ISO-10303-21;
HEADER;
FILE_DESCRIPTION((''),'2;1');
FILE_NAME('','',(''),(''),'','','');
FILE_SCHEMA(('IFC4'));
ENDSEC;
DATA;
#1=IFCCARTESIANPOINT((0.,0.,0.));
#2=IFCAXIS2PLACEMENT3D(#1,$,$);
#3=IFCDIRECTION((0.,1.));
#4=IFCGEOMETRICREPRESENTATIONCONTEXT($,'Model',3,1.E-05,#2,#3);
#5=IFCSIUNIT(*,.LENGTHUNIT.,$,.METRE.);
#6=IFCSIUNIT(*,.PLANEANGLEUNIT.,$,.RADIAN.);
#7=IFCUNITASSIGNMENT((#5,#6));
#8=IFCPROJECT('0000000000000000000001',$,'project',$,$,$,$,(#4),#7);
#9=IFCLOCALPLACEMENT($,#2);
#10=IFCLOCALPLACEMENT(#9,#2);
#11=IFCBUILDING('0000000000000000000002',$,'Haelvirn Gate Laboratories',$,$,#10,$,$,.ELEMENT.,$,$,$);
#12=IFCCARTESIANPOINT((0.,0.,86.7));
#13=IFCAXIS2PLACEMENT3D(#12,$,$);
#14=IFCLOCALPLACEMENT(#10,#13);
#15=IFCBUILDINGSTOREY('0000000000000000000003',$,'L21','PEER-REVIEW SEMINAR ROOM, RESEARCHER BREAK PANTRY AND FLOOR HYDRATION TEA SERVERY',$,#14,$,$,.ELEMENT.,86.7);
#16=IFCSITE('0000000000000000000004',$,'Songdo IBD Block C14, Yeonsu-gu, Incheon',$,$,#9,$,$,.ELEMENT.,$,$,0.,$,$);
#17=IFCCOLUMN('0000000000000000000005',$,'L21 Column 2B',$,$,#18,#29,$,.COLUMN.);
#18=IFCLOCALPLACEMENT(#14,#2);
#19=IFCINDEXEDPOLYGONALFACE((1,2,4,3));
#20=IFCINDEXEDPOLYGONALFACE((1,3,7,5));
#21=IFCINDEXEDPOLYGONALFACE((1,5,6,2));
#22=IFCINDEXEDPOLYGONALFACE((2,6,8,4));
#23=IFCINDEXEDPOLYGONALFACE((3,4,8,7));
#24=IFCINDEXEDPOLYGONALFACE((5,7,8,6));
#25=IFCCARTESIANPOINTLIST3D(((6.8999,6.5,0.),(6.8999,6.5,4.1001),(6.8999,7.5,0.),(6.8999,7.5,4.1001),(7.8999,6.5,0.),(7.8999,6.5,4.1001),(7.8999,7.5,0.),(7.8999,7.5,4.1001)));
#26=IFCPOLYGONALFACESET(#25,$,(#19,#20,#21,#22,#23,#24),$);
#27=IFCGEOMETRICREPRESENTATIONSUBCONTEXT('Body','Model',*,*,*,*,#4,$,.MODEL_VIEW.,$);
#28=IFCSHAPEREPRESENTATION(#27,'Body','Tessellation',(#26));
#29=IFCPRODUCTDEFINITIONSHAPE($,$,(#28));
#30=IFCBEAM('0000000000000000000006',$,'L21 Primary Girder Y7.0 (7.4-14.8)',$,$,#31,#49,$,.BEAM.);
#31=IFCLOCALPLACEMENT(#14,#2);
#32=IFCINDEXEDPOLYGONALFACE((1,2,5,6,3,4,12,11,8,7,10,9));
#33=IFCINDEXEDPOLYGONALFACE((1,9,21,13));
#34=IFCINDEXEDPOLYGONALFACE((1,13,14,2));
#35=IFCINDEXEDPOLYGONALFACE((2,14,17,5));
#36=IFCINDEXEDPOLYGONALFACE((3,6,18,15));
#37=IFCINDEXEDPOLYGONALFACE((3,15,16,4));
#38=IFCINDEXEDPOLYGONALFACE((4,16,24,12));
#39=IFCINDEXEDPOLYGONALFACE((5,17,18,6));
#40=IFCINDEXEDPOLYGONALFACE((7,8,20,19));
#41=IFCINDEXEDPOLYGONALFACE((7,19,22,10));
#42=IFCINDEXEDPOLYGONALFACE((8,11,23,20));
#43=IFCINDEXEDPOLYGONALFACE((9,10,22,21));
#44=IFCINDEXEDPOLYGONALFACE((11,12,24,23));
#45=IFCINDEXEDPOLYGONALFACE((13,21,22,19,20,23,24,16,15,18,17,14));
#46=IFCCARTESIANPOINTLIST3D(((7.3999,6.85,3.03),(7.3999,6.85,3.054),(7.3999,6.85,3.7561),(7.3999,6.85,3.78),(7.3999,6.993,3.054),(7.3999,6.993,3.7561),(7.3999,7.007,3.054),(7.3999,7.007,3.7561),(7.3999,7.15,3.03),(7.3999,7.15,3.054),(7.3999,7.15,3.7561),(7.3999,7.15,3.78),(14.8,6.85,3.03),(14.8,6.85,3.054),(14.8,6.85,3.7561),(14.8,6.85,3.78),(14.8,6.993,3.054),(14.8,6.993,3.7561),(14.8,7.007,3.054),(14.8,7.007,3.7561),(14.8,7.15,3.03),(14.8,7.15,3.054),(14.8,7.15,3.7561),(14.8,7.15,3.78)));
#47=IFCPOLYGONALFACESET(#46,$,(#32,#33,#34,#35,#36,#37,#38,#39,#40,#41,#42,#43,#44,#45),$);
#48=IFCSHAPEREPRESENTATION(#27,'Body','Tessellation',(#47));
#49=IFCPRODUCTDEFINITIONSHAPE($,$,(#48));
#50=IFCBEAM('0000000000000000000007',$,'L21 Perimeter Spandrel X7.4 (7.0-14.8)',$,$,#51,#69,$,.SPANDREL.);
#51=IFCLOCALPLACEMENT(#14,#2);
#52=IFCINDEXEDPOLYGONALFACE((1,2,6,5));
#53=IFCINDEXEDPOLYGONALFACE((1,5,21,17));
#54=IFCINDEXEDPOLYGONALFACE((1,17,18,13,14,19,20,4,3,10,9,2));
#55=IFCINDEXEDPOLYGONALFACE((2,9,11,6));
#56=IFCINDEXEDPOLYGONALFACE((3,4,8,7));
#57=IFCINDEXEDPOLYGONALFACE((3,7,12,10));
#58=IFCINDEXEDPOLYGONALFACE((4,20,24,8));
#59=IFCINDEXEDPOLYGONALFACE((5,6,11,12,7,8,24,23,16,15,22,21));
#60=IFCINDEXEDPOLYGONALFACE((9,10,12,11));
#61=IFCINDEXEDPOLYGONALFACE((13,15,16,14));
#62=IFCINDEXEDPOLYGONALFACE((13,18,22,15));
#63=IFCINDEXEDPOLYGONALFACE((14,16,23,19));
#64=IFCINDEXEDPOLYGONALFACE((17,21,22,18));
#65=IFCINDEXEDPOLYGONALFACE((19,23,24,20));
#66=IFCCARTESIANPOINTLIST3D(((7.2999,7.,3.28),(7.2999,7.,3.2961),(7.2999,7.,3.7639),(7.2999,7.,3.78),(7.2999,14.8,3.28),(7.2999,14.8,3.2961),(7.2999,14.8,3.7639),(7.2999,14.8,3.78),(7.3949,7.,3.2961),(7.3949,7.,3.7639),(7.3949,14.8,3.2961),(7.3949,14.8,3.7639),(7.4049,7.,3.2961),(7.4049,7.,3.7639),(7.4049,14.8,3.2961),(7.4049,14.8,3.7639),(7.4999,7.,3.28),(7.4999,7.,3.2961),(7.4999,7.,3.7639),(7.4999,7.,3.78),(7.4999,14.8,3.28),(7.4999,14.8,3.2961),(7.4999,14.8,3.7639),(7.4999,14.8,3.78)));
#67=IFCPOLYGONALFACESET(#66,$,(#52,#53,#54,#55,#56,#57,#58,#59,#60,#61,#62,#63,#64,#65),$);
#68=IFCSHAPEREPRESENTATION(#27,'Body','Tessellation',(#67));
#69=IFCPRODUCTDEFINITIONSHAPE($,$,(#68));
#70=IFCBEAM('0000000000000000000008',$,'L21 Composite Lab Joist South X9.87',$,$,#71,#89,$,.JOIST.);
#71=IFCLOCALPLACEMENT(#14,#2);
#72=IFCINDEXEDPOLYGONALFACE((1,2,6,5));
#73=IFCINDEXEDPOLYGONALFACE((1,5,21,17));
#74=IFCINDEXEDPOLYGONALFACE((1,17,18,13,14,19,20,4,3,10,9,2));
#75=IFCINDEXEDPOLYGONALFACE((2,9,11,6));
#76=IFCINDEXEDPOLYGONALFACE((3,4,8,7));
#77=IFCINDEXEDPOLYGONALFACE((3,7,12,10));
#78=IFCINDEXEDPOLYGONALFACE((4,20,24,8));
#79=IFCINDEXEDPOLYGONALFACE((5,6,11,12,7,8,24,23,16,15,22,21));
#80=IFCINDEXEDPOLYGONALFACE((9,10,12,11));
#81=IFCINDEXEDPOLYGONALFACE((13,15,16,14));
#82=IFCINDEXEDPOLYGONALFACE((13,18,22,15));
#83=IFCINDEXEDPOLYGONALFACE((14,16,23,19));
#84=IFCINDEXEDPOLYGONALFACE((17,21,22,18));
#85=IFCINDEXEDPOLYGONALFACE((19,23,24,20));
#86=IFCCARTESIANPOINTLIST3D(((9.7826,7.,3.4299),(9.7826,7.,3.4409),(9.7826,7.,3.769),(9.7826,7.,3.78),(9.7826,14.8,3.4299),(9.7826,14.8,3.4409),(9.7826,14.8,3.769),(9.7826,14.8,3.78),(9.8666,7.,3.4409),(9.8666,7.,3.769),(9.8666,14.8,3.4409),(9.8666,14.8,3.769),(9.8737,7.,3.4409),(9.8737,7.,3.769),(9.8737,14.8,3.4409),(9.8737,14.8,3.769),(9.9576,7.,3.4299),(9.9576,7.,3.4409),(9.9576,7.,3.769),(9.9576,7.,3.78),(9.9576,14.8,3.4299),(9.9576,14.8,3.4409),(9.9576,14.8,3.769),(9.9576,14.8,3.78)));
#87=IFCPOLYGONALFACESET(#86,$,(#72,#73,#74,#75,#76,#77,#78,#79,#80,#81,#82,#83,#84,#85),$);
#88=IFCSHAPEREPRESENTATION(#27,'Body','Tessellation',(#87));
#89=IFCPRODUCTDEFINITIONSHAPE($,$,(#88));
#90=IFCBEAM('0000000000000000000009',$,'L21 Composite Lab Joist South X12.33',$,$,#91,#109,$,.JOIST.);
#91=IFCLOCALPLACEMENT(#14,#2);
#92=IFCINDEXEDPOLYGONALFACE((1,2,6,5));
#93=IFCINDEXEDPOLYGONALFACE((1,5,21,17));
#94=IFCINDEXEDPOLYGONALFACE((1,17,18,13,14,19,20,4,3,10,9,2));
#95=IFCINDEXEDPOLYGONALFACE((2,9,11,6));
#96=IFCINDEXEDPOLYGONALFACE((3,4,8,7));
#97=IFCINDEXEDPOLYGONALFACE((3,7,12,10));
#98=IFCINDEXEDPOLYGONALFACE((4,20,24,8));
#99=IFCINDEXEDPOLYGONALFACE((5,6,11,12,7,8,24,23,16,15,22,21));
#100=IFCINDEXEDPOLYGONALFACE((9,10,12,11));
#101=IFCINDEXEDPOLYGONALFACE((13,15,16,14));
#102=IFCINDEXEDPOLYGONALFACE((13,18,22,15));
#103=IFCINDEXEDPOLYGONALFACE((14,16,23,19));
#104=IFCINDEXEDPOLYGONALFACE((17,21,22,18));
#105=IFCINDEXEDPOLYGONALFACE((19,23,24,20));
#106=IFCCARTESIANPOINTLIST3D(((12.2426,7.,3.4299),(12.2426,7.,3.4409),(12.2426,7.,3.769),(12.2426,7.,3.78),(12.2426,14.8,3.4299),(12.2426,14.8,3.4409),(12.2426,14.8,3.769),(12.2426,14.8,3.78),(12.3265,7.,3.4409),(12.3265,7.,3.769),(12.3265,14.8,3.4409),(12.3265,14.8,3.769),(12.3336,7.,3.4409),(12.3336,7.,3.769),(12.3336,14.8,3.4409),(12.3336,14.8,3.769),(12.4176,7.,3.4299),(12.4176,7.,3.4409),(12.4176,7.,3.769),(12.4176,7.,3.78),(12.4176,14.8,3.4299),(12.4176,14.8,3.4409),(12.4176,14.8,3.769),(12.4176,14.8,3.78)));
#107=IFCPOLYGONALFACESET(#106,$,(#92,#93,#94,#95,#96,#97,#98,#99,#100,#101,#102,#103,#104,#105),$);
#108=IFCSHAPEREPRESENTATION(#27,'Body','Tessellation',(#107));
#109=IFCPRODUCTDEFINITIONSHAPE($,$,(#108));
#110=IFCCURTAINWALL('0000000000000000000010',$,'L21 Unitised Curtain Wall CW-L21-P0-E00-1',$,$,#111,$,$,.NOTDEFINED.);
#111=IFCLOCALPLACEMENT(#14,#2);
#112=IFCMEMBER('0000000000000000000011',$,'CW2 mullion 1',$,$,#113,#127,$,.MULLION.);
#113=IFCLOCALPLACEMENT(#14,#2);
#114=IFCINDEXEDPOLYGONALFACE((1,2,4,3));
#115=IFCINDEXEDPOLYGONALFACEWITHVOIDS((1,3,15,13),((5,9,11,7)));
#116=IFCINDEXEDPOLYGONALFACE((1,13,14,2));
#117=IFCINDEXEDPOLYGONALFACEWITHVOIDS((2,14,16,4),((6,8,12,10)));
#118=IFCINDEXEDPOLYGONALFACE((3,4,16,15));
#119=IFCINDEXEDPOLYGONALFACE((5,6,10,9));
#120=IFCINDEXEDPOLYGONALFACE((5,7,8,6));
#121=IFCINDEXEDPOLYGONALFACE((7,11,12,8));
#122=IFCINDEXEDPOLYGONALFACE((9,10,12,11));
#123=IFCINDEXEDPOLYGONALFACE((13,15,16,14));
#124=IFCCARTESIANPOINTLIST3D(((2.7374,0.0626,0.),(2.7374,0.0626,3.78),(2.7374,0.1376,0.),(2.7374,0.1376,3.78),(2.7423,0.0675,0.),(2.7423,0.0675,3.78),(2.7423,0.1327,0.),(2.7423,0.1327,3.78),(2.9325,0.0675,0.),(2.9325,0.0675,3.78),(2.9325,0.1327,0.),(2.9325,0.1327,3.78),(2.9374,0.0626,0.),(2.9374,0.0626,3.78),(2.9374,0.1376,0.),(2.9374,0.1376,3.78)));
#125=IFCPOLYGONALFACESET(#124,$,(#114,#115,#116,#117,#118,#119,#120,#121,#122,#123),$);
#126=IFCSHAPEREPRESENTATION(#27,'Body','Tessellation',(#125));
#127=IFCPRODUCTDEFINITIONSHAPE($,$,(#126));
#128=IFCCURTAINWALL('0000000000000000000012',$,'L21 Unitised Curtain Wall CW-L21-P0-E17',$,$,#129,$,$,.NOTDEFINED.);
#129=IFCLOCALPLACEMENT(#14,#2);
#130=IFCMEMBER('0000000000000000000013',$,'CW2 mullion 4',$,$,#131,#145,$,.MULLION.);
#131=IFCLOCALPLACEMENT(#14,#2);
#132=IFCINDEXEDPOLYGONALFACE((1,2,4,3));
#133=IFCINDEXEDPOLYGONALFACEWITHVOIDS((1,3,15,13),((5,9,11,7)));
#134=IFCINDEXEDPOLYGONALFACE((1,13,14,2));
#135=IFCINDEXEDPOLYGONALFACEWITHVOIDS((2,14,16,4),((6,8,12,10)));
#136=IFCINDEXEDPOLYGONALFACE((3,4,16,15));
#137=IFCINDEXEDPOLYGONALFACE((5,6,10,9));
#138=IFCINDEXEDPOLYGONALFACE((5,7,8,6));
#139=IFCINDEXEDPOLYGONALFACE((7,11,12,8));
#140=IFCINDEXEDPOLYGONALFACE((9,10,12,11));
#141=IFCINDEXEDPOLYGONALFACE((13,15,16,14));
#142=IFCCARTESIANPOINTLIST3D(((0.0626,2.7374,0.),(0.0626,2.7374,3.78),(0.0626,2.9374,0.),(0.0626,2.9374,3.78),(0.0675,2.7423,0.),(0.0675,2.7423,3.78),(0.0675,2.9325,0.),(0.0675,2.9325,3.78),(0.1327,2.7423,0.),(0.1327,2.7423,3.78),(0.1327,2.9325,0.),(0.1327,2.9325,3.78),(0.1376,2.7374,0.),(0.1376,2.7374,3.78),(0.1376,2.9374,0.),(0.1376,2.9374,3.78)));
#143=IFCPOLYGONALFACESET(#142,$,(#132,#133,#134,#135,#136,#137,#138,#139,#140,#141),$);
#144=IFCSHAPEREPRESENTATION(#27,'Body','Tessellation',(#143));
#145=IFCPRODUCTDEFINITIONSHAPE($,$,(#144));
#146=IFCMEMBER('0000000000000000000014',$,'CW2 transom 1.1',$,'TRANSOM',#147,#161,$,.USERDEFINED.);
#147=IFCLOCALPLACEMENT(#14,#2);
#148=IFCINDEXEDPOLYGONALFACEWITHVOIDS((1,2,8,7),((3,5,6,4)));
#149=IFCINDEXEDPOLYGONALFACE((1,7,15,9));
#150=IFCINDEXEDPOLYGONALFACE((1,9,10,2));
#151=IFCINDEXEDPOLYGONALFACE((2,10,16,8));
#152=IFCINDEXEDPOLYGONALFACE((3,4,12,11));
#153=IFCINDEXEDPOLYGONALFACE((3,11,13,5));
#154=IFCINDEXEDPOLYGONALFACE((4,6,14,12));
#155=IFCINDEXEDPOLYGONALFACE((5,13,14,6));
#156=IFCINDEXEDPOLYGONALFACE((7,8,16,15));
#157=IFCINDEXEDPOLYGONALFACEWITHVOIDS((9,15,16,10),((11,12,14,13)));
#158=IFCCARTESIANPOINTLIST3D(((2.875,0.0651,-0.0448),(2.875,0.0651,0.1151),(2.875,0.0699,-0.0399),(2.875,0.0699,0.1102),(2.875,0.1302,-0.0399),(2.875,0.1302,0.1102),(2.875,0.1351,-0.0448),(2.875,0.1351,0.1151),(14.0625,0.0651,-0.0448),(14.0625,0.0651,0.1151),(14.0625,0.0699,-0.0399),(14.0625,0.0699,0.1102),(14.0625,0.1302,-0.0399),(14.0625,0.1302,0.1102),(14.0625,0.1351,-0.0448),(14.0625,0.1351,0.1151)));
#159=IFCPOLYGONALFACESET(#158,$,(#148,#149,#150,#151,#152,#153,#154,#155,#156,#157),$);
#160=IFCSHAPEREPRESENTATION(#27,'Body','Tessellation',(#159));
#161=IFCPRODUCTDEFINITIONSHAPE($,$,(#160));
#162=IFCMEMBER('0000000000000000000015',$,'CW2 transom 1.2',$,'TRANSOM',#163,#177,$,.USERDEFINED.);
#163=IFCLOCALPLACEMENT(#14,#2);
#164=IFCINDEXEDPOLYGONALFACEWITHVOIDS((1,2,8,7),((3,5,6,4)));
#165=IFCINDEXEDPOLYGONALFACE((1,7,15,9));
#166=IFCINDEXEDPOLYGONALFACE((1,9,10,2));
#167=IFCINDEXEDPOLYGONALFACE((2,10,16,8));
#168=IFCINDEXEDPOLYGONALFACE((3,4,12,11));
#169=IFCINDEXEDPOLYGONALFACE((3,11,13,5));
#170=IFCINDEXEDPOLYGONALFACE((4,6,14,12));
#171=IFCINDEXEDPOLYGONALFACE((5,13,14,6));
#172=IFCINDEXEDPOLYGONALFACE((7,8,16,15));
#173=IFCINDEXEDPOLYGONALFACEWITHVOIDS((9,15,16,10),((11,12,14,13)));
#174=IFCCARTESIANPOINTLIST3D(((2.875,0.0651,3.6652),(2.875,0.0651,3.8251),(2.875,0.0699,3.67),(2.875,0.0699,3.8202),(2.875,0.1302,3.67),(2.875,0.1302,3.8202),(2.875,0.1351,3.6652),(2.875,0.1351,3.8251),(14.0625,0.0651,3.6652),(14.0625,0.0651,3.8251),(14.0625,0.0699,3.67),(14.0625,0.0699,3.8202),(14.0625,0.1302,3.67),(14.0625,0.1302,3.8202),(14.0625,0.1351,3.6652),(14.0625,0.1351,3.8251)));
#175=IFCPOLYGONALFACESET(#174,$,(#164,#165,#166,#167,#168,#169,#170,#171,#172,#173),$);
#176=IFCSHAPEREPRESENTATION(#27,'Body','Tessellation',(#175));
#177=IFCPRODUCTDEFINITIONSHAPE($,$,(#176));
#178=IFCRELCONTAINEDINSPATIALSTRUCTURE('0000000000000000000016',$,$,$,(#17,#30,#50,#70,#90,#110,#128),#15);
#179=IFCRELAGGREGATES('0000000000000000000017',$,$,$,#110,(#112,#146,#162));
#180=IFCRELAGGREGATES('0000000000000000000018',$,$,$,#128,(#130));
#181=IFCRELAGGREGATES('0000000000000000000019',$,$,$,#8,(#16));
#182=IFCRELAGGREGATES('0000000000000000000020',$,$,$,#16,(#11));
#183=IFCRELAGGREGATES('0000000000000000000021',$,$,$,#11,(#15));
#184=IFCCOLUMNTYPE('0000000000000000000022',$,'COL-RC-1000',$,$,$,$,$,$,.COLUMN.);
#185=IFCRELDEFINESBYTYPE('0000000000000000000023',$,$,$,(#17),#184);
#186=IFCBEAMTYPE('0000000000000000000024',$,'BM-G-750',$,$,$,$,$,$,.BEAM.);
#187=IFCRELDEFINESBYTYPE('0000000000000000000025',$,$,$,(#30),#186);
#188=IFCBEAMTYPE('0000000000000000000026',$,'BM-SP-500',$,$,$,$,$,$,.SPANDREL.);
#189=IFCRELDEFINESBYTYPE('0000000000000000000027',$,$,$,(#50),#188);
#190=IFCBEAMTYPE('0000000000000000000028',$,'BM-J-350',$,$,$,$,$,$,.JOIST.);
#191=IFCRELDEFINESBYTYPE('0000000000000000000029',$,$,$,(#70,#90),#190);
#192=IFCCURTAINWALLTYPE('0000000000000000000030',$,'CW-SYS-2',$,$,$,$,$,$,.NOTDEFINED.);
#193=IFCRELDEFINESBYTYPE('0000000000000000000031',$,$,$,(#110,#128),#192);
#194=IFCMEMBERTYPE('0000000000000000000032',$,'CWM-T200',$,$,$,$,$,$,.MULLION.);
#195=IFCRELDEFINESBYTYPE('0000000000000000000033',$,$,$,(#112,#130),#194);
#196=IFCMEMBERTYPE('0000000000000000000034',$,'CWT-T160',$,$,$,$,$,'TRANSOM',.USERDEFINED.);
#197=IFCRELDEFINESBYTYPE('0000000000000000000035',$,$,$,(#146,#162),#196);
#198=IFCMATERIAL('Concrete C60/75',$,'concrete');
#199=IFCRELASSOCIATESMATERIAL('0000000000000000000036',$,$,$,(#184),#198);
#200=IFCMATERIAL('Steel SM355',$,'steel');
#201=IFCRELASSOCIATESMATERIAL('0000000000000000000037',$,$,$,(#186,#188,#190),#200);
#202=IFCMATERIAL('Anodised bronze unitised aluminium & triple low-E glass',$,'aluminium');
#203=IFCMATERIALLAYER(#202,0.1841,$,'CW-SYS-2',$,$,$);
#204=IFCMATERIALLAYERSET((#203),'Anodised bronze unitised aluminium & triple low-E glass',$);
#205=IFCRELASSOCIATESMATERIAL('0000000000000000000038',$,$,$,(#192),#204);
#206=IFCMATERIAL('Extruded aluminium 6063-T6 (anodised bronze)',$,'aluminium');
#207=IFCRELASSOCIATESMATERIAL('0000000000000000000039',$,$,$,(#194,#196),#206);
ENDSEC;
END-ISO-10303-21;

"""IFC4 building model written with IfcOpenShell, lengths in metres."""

from ifc_helpers import new_model, si_unit, direction, frame, origin, origin_2d, place, context, subcontext, project, spatial, rectangle, hollow_rectangle, i_section, extrude, source, transform, mapped, material, layer, layer_set, material_profile, profile_set, type_object, type_shapes, element, aggregate, save


model = new_model("IFC4")

# Units and contexts
model_context = context("Model", 3, precision=1e-05, world=origin(), true_north=direction((0.0, 1.0)))
body_context = subcontext(model_context, "Body", "Model", "MODEL_VIEW")
ifc_project = project(units=[si_unit("LENGTHUNIT", "METRE"), si_unit("PLANEANGLEUNIT", "RADIAN")], contexts=[model_context])

# Site, building, storey
site_placement = place(None, origin())
site = spatial("IfcSite", under=ifc_project, at=site_placement, Name="Songdo IBD Block C14, Yeonsu-gu, Incheon", CompositionType="ELEMENT", RefElevation=0.0)
building_placement = place(site_placement, origin())
building = spatial("IfcBuilding", under=site, at=building_placement, Name="Haelvirn Gate Laboratories", CompositionType="ELEMENT")
storey_placement = place(building_placement, frame((0.0, 0.0, 86.7)))
storey = spatial("IfcBuildingStorey", under=building, at=storey_placement, Name="L21", Description="PEER-REVIEW SEMINAR ROOM, RESEARCHER BREAK PANTRY AND FLOOR HYDRATION TEA SERVERY", CompositionType="ELEMENT", Elevation=86.7)

# Column
ifc_material_1 = material(Name="Concrete C60/75", Category="concrete")
ifc_material_profile_1 = material_profile(ifc_material_1, rectangle(XDim=1.0, YDim=1.0, at=origin_2d()), Name="RC-1000x1000")
ifc_profile_set_1 = profile_set([ifc_material_profile_1], Name="Concrete C60/75")
column_type = type_object("IfcColumnType", Name="COL-RC-1000", PredefinedType="COLUMN", material=ifc_profile_set_1)
shared_shape_1 = source(origin(), body_context, "Body", "SweptSolid", [
    extrude(rectangle(XDim=1.0, YDim=1.0, at=origin_2d()), origin(), (0.0, 0.0, 1.0), 4.1001),
])
type_shapes(column_type, [shared_shape_1])
column_placement = place(storey_placement, frame((7.3999, 7.0, 0.0), z_axis=(0.0, 0.0, 1.0), x_axis=(1.0, 0.0, 0.0)))
element("IfcColumn", 1, at=column_placement, inside=storey, type_object=column_type, Name="L21 Column 2B", PredefinedType="COLUMN", context=body_context, shape_type="MappedRepresentation", body=[
    mapped(shared_shape_1, transform((0.0, 0.0, 0.0), scale=1.0)),
])

# Beams
ifc_material_2 = material(Name="Steel SM355", Category="steel")
ifc_material_profile_2 = material_profile(ifc_material_2, i_section(OverallWidth=0.3, OverallDepth=0.75, WebThickness=0.0139, FlangeThickness=0.0239, at=origin_2d()), Name="H-750x300x14x24")
ifc_profile_set_2 = profile_set([ifc_material_profile_2], Name="Steel SM355")
beam_type_1 = type_object("IfcBeamType", Name="BM-G-750", PredefinedType="BEAM", material=ifc_profile_set_2)
shared_shape_2 = source(origin(), body_context, "Body", "SweptSolid", [
    extrude(i_section(OverallWidth=0.3, OverallDepth=0.75, WebThickness=0.0139, FlangeThickness=0.0239, at=origin_2d()), origin(), (0.0, 0.0, 1.0), 7.4001),
])
type_shapes(beam_type_1, [shared_shape_2])
beam_1_placement = place(storey_placement, frame((7.3999, 7.0, 3.405), z_axis=(1.0, 0.0, 0.0), x_axis=(0.0, 1.0, 0.0)))
element("IfcBeam", 2, at=beam_1_placement, inside=storey, type_object=beam_type_1, Name="L21 Primary Girder Y7.0 (7.4-14.8)", PredefinedType="BEAM", context=body_context, shape_type="MappedRepresentation", body=[
    mapped(shared_shape_2, transform((0.0, 0.0, 0.0), scale=1.0)),
])
ifc_material_profile_3 = material_profile(ifc_material_2, i_section(OverallWidth=0.2, OverallDepth=0.5, WebThickness=0.01, FlangeThickness=0.0161, at=origin_2d()), Name="H-500x200x10x16")
ifc_profile_set_3 = profile_set([ifc_material_profile_3], Name="Steel SM355")
beam_type_2 = type_object("IfcBeamType", Name="BM-SP-500", PredefinedType="SPANDREL", material=ifc_profile_set_3)
shared_shape_3 = source(origin(), body_context, "Body", "SweptSolid", [
    extrude(i_section(OverallWidth=0.2, OverallDepth=0.5, WebThickness=0.01, FlangeThickness=0.0161, at=origin_2d()), origin(), (0.0, 0.0, 1.0), 7.8),
])
type_shapes(beam_type_2, [shared_shape_3])
beam_2_placement = place(storey_placement, frame((7.3999, 7.0, 3.53), z_axis=(0.0, 1.0, 0.0), x_axis=(-1.0, 0.0, 0.0)))
element("IfcBeam", 3, at=beam_2_placement, inside=storey, type_object=beam_type_2, Name="L21 Perimeter Spandrel X7.4 (7.0-14.8)", PredefinedType="SPANDREL", context=body_context, shape_type="MappedRepresentation", body=[
    mapped(shared_shape_3, transform((0.0, 0.0, 0.0), scale=1.0)),
])
ifc_material_profile_4 = material_profile(ifc_material_2, i_section(OverallWidth=0.175, OverallDepth=0.3501, WebThickness=0.0071, FlangeThickness=0.011, at=origin_2d()), Name="H-350x175x7x11")
ifc_profile_set_4 = profile_set([ifc_material_profile_4], Name="Steel SM355")
beam_type_3 = type_object("IfcBeamType", Name="BM-J-350", PredefinedType="JOIST", material=ifc_profile_set_4)
shared_shape_4 = source(origin(), body_context, "Body", "SweptSolid", [
    extrude(i_section(OverallWidth=0.175, OverallDepth=0.3501, WebThickness=0.0071, FlangeThickness=0.011, at=origin_2d()), origin(), (0.0, 0.0, 1.0), 7.8),
])
type_shapes(beam_type_3, [shared_shape_4])
for number, where, z_axis, x_axis, name in (
    (4, (9.8701, 7.0, 3.605), (0.0, 1.0, 0.0), (-1.0, 0.0, 0.0), "L21 Composite Lab Joist South X9.87"),
    (5, (12.3301, 7.0, 3.605), (0.0, 1.0, 0.0), (-1.0, 0.0, 0.0), "L21 Composite Lab Joist South X12.33"),
):
    element("IfcBeam", number, at=place(storey_placement, frame(where, z_axis=z_axis, x_axis=x_axis)), inside=storey, type_object=beam_type_3, Name=name, PredefinedType="JOIST", context=body_context, shape_type="MappedRepresentation", body=[
        mapped(shared_shape_4, transform((0.0, 0.0, 0.0), scale=1.0)),
    ])

# Curtain walls, members
ifc_material_3 = material(Name="Anodised bronze unitised aluminium & triple low-E glass", Category="aluminium")
ifc_layer_1 = layer(ifc_material_3, 0.1841, Name="CW-SYS-2")
ifc_layer_set_1 = layer_set([ifc_layer_1], Name="Anodised bronze unitised aluminium & triple low-E glass")
curtain_wall_type_1 = type_object("IfcCurtainWallType", Name="CW-SYS-2", PredefinedType="NOTDEFINED", material=ifc_layer_set_1)
curtain_wall_1_placement = place(storey_placement, origin())
curtain_wall_1 = element("IfcCurtainWall", 6, at=curtain_wall_1_placement, inside=storey, type_object=curtain_wall_type_1, Name="L21 Unitised Curtain Wall CW-L21-P0-E00-1", PredefinedType="NOTDEFINED")
ifc_material_4 = material(Name="Extruded aluminium 6063-T6 (anodised bronze)", Category="aluminium")
ifc_material_profile_5 = material_profile(ifc_material_4, hollow_rectangle(XDim=0.075, YDim=0.2, WallThickness=0.0049, at=origin_2d()), Name="CWM-200x75x5")
ifc_profile_set_5 = profile_set([ifc_material_profile_5], Name="Extruded aluminium 6063-T6 (anodised bronze)")
member_type_1 = type_object("IfcMemberType", Name="CWM-T200", PredefinedType="MULLION", material=ifc_profile_set_5)
shared_shape_5 = source(origin(), body_context, "Body", "SweptSolid", [
    extrude(hollow_rectangle(XDim=0.075, YDim=0.2, WallThickness=0.0049, at=origin_2d()), origin(), (0.0, 0.0, 1.0), 3.78),
])
type_shapes(member_type_1, [shared_shape_5])
member_1_placement = place(storey_placement, frame((2.8374, 0.1001, 0.0), z_axis=(0.0, 0.0, 1.0), x_axis=(0.0, 1.0, 0.0)))
member_1 = element("IfcMember", 7, at=member_1_placement, type_object=member_type_1, Name="CW2 mullion 1", PredefinedType="MULLION", context=body_context, shape_type="MappedRepresentation", body=[
    mapped(shared_shape_5, transform((0.0, 0.0, 0.0), scale=1.0)),
])
curtain_wall_2_placement = place(storey_placement, origin())
curtain_wall_2 = element("IfcCurtainWall", 8, at=curtain_wall_2_placement, inside=storey, type_object=curtain_wall_type_1, Name="L21 Unitised Curtain Wall CW-L21-P0-E17", PredefinedType="NOTDEFINED")
member_2_placement = place(storey_placement, frame((0.1001, 2.8374, 0.0), z_axis=(0.0, 0.0, 1.0), x_axis=(1.0, 0.0, 0.0)))
member_2 = element("IfcMember", 9, at=member_2_placement, type_object=member_type_1, Name="CW2 mullion 4", PredefinedType="MULLION", context=body_context, shape_type="MappedRepresentation", body=[
    mapped(shared_shape_5, transform((0.0, 0.0, 0.0), scale=1.0)),
])

# Members
ifc_material_profile_6 = material_profile(ifc_material_4, hollow_rectangle(XDim=0.0701, YDim=0.1599, WallThickness=0.0049, at=origin_2d()), Name="CWT-160x70x5")
ifc_profile_set_6 = profile_set([ifc_material_profile_6], Name="Extruded aluminium 6063-T6 (anodised bronze)")
member_type_2 = type_object("IfcMemberType", Name="CWT-T160", ElementType="TRANSOM", PredefinedType="USERDEFINED", material=ifc_profile_set_6)
shared_shape_6 = source(origin(), body_context, "Body", "SweptSolid", [
    extrude(hollow_rectangle(XDim=0.0701, YDim=0.1599, WallThickness=0.0049, at=origin_2d()), origin(), (0.0, 0.0, 1.0), 11.1875),
])
type_shapes(member_type_2, [shared_shape_6])
member_3_placement = place(storey_placement, frame((2.875, 0.1001, 0.0352), z_axis=(1.0, 0.0, 0.0), x_axis=(0.0, 1.0, 0.0)))
member_3 = element("IfcMember", 10, at=member_3_placement, type_object=member_type_2, Name="CW2 transom 1.1", ObjectType="TRANSOM", PredefinedType="USERDEFINED", context=body_context, shape_type="MappedRepresentation", body=[
    mapped(shared_shape_6, transform((0.0, 0.0, 0.0), scale=1.0)),
])
member_4_placement = place(storey_placement, frame((2.875, 0.1001, 3.7451), z_axis=(1.0, 0.0, 0.0), x_axis=(0.0, 1.0, 0.0)))
member_4 = element("IfcMember", 11, at=member_4_placement, type_object=member_type_2, Name="CW2 transom 1.2", ObjectType="TRANSOM", PredefinedType="USERDEFINED", context=body_context, shape_type="MappedRepresentation", body=[
    mapped(shared_shape_6, transform((0.0, 0.0, 0.0), scale=1.0)),
])

aggregate(curtain_wall_1, [member_1, member_3, member_4])
aggregate(curtain_wall_2, [member_2])

save(model, "model.ifc")
